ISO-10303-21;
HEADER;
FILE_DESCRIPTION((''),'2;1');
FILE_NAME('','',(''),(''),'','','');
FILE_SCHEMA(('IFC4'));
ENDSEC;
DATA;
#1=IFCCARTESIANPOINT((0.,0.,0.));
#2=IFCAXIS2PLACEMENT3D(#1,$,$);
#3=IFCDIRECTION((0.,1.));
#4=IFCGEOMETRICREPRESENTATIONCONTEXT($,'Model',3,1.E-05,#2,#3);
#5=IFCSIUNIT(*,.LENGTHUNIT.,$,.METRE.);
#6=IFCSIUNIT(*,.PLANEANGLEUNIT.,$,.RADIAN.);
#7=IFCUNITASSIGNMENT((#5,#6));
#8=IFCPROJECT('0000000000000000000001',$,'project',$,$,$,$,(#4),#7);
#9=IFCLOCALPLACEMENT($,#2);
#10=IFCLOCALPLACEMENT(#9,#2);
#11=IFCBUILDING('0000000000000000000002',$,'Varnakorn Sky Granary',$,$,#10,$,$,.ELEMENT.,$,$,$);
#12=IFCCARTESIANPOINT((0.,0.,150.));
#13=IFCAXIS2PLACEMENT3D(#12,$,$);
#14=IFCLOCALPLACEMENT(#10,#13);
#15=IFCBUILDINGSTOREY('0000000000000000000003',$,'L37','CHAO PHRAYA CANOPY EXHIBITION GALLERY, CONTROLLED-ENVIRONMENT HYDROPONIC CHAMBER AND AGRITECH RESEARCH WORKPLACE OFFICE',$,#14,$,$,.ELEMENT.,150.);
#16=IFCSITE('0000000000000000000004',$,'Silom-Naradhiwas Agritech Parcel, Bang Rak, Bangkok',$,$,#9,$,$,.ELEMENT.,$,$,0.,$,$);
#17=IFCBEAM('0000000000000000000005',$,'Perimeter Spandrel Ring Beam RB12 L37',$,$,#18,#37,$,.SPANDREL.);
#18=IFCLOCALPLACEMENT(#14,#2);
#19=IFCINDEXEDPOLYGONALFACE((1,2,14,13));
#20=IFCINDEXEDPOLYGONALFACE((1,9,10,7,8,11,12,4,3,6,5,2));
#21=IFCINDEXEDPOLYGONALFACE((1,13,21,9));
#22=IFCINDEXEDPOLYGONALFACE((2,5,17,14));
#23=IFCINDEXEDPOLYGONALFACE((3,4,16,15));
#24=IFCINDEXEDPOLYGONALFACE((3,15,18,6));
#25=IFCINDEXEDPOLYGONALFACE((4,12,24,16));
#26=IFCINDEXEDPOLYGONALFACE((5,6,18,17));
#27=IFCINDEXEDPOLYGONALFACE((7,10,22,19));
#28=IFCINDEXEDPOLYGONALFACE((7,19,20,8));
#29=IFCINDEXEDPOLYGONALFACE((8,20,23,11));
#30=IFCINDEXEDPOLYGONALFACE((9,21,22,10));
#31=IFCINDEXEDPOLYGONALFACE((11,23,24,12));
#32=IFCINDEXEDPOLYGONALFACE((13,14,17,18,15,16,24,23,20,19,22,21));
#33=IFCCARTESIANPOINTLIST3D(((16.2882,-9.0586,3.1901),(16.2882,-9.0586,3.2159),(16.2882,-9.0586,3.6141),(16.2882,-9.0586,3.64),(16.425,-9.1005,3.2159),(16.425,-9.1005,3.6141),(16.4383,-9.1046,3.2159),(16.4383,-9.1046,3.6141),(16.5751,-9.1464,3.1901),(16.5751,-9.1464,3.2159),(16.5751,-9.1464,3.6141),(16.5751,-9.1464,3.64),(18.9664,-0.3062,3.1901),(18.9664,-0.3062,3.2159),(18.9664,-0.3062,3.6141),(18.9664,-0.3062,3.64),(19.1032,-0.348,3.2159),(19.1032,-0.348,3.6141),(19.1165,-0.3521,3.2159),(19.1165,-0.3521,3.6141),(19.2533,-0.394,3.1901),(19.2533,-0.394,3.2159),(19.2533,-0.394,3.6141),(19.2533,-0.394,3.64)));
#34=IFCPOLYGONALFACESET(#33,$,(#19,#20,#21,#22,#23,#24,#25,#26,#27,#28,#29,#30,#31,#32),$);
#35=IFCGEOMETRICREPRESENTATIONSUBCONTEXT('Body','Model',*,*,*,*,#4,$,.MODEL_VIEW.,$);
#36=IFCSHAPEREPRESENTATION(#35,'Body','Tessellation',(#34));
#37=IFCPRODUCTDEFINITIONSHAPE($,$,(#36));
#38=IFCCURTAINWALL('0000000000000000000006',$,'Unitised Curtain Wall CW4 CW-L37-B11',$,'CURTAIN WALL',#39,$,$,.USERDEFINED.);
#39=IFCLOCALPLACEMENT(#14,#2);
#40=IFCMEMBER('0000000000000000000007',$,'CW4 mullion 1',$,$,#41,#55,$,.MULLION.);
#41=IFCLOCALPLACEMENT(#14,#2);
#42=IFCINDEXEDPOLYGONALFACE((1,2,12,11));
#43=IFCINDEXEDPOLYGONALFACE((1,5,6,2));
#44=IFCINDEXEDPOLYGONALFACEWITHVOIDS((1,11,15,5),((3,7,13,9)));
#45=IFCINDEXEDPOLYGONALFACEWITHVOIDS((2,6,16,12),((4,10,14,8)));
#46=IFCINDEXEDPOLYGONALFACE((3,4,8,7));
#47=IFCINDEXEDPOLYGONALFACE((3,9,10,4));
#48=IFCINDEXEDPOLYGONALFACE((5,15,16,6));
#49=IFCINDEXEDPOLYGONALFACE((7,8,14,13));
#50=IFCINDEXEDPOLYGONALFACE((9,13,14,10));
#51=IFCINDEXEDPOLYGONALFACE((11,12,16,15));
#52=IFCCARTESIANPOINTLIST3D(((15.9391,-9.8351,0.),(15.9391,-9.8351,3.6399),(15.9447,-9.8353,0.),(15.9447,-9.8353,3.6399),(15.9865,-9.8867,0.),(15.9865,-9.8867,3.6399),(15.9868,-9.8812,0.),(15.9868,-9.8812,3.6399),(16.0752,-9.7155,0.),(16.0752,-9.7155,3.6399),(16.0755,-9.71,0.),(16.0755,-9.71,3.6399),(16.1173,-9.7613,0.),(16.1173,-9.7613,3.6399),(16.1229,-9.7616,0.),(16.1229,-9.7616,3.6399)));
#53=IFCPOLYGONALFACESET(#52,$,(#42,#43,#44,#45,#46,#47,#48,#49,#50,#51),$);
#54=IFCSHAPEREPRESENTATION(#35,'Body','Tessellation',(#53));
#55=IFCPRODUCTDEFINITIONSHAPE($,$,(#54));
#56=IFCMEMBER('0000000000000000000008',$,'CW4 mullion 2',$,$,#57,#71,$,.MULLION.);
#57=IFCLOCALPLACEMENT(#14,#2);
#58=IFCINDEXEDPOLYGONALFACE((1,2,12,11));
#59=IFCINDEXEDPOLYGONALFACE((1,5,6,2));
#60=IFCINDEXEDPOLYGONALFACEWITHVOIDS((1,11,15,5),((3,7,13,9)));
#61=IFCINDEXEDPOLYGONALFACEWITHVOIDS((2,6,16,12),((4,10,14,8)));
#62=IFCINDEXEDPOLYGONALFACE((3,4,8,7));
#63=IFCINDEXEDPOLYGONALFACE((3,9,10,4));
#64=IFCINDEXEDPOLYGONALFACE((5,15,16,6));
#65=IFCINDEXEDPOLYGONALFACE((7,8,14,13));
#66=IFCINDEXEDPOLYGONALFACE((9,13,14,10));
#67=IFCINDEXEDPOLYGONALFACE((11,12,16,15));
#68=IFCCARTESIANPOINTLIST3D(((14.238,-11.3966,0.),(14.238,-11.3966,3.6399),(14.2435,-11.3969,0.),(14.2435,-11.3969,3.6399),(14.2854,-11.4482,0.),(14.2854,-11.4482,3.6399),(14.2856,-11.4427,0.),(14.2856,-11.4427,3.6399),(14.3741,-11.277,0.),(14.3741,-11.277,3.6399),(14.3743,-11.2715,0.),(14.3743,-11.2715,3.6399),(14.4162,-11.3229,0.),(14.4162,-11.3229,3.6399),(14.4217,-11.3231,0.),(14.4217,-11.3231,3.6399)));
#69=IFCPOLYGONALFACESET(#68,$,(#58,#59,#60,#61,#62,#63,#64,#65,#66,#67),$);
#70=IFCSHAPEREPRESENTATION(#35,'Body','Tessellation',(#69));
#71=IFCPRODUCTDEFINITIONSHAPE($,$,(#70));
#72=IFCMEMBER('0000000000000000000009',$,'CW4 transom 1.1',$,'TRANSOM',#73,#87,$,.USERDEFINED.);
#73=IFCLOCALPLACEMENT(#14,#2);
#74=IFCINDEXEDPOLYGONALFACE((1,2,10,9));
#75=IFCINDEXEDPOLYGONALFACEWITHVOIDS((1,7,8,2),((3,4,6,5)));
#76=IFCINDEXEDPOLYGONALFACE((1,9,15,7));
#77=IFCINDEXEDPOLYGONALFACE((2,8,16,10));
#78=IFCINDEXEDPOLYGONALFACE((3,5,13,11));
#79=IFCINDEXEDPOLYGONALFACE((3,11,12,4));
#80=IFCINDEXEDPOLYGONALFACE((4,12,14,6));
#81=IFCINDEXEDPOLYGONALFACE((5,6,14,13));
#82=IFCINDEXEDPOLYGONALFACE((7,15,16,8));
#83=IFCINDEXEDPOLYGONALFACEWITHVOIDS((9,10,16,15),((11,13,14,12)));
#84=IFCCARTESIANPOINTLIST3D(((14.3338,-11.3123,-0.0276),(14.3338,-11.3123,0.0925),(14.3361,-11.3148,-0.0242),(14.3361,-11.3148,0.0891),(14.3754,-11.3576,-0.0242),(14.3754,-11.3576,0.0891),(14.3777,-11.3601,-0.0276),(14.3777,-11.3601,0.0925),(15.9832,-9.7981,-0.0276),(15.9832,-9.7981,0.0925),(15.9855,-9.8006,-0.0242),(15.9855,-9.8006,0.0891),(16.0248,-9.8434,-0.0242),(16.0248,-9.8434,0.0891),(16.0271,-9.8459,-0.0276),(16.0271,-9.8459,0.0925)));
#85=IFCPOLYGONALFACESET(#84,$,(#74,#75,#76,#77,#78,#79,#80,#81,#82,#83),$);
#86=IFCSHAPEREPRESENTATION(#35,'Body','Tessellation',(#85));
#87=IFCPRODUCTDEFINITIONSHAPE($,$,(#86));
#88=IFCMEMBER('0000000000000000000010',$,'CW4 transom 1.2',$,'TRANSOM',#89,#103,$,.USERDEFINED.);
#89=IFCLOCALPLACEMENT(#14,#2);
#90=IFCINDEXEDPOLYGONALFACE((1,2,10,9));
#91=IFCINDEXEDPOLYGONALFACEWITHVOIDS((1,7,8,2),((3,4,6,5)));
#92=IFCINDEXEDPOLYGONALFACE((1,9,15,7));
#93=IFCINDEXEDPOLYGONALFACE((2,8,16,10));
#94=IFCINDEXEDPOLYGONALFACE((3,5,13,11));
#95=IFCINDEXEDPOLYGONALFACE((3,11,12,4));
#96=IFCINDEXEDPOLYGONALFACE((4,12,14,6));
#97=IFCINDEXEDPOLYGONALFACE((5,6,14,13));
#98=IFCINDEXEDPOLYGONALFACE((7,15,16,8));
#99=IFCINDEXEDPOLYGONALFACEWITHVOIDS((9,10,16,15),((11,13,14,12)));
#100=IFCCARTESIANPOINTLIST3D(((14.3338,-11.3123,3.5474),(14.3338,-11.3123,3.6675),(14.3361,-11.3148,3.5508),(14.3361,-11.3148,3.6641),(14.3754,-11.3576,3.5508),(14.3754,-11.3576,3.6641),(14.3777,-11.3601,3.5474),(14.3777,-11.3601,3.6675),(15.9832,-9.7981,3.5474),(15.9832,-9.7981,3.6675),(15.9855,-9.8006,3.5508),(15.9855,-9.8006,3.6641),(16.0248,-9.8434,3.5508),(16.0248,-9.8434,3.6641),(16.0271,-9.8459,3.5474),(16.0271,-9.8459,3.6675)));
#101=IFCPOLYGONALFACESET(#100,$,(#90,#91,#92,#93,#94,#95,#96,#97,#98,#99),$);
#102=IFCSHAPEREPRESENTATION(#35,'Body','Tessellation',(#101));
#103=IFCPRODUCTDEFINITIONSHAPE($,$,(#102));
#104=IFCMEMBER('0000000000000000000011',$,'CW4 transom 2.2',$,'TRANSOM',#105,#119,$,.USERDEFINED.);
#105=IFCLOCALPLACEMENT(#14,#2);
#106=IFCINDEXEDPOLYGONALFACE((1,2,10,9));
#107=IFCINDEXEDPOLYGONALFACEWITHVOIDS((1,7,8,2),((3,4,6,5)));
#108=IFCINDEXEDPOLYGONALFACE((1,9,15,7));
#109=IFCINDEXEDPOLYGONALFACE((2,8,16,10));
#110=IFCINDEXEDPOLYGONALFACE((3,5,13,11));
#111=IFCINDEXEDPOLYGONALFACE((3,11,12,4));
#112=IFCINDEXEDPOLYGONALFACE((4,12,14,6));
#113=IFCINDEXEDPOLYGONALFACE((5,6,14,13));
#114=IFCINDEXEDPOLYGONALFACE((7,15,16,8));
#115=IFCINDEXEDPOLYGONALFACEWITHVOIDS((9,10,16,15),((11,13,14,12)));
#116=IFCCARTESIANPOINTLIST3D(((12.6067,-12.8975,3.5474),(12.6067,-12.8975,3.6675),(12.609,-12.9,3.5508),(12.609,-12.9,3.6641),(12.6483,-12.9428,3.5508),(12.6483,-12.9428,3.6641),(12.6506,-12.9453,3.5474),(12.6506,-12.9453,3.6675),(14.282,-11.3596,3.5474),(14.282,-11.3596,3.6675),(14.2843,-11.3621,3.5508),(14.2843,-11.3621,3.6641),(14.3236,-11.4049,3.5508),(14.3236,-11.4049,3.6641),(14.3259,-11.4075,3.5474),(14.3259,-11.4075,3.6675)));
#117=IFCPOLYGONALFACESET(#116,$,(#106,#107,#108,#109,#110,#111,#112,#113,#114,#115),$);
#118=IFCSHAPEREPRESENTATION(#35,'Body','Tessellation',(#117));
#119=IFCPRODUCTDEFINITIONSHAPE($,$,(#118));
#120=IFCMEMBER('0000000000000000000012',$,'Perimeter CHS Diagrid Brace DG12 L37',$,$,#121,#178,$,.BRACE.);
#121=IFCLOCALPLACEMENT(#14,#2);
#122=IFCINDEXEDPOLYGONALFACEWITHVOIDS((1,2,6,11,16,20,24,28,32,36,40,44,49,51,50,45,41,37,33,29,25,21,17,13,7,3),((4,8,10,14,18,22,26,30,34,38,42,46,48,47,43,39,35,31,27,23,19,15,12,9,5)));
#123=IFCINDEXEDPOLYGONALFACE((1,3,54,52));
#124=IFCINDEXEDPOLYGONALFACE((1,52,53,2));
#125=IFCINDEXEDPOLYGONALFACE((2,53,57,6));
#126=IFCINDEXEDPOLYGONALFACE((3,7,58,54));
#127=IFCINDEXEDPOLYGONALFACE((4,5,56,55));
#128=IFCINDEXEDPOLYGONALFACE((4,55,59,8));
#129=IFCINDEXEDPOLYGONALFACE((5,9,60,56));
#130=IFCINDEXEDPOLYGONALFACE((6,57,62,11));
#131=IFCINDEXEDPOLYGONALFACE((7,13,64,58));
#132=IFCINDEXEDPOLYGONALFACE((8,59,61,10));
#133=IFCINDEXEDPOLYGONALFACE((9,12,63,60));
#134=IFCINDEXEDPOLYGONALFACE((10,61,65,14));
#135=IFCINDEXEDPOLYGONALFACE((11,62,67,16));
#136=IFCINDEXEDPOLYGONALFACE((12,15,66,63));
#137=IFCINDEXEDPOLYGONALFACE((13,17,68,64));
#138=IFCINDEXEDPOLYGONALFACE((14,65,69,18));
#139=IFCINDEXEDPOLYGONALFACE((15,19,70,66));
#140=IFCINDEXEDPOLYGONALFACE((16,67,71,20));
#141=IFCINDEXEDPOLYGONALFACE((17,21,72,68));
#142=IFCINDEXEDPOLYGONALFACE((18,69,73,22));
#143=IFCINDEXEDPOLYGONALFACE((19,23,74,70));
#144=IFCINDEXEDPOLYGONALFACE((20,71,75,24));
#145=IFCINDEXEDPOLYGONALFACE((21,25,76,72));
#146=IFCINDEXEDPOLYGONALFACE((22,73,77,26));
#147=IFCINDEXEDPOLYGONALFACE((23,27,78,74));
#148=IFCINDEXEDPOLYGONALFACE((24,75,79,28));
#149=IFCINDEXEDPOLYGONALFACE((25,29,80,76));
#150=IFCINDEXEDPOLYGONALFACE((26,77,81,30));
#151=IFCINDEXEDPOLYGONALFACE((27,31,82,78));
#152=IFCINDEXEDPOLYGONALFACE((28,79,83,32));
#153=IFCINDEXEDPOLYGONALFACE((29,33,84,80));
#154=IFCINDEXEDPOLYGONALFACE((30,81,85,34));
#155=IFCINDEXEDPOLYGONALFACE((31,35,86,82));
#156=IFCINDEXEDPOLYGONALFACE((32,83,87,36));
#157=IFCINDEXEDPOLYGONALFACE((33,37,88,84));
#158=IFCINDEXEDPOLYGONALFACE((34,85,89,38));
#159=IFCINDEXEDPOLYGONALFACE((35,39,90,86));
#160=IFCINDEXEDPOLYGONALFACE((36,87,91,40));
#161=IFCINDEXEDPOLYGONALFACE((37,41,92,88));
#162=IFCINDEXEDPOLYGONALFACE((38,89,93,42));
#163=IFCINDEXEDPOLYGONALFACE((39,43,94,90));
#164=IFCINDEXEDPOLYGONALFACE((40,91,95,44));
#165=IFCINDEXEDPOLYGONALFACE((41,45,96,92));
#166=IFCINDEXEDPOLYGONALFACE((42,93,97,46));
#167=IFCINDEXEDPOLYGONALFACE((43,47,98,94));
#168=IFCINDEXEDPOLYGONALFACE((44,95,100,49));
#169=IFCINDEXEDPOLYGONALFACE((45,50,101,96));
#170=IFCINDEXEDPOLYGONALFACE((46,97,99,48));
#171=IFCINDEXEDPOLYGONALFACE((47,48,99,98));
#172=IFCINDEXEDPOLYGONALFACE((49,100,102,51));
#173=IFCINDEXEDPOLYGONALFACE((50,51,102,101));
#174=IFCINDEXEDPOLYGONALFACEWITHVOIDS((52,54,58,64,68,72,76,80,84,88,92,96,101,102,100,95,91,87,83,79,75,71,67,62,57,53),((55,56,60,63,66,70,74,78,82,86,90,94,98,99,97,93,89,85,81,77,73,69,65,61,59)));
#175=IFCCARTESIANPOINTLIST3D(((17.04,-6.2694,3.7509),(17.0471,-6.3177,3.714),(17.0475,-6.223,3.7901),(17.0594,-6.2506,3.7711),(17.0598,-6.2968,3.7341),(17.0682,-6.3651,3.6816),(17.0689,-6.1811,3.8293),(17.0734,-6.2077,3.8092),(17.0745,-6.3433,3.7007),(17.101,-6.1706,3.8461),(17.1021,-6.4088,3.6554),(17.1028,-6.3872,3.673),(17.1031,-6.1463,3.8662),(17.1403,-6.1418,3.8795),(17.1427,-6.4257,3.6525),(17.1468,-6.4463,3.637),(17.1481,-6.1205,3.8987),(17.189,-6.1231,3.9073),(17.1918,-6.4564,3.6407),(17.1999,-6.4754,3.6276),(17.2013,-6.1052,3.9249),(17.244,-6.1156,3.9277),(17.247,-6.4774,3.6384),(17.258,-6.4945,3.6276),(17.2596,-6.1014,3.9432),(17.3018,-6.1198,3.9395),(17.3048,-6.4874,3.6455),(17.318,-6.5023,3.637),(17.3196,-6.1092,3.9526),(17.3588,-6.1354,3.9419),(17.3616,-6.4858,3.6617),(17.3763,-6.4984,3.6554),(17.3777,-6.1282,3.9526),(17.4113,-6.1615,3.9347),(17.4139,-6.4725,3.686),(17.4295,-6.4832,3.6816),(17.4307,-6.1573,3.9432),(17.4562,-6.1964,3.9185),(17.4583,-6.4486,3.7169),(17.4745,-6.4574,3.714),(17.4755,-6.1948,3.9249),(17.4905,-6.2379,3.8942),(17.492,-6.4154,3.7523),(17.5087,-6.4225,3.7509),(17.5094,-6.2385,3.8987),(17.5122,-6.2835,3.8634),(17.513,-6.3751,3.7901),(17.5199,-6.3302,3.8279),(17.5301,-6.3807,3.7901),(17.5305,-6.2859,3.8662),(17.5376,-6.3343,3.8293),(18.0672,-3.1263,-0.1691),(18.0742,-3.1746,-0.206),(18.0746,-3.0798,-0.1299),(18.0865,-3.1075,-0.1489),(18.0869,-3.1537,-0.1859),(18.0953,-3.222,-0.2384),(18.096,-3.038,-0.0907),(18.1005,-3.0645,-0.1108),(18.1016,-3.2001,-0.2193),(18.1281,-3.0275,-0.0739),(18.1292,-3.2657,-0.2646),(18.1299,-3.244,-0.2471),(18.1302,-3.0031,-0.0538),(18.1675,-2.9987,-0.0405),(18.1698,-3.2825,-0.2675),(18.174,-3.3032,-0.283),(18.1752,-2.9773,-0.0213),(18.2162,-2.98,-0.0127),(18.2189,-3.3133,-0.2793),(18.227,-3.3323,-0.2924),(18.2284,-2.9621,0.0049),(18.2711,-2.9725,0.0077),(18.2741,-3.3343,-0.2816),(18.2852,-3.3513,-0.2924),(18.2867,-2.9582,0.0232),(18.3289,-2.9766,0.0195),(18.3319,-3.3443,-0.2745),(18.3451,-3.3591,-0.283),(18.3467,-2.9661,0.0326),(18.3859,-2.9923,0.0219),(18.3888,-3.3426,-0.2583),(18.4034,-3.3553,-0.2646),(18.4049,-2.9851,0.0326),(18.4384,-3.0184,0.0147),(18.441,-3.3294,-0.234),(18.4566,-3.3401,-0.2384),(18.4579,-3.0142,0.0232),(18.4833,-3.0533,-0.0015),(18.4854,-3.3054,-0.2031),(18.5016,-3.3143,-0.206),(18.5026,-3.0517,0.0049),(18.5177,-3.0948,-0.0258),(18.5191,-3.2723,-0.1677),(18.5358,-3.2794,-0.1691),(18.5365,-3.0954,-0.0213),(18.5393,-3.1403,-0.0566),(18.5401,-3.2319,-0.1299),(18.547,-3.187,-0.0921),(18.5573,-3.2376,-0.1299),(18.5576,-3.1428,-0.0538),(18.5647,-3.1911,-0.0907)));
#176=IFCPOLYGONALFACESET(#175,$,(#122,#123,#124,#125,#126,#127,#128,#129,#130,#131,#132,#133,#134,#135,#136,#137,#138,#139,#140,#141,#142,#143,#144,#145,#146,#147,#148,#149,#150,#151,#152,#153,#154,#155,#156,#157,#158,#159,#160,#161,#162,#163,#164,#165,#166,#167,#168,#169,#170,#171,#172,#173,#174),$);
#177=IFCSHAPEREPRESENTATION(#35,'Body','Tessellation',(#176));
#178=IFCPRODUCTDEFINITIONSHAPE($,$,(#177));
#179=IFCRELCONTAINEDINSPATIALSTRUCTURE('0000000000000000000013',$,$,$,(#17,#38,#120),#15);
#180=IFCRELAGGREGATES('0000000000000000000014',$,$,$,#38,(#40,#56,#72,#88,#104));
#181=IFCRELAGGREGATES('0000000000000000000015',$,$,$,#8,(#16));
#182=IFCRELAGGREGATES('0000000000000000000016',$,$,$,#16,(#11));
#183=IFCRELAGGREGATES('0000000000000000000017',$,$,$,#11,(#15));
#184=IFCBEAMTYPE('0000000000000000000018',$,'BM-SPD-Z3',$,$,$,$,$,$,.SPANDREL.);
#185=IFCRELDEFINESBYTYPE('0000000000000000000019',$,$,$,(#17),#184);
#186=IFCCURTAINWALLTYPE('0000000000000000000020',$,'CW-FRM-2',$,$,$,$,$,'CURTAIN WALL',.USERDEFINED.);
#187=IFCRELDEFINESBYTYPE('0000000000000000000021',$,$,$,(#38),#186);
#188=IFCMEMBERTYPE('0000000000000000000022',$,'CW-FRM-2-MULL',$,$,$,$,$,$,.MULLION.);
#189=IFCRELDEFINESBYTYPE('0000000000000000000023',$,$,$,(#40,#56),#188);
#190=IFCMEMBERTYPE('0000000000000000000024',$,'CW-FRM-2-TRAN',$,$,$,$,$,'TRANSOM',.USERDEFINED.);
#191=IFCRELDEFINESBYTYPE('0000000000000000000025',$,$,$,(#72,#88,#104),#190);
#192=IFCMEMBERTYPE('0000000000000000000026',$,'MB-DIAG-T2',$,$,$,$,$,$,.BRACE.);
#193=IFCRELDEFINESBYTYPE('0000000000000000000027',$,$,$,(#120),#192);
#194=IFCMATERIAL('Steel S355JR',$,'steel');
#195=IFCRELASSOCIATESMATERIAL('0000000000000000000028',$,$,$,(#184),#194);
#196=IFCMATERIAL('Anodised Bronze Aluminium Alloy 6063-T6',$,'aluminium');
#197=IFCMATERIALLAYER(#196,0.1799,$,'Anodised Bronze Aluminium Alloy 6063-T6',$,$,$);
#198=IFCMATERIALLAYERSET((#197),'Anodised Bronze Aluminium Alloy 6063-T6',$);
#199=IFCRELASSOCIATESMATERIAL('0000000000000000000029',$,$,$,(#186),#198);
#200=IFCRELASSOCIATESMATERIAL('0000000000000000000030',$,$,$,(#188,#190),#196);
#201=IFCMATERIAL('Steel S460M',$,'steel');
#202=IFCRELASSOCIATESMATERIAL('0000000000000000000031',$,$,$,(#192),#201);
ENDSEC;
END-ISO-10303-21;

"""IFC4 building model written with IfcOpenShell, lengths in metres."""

from ifc_helpers import new_model, si_unit, direction, frame, origin, origin_2d, place, context, subcontext, project, spatial, hollow_rectangle, hollow_circle, i_section, extrude, material, layer, layer_set, material_profile, profile_set, type_object, element, aggregate, save


model = new_model("IFC4")

# Units and contexts
model_context = context("Model", 3, precision=1e-05, world=origin(), true_north=direction((0.0, 1.0)))
body_context = subcontext(model_context, "Body", "Model", "MODEL_VIEW")
ifc_project = project(units=[si_unit("LENGTHUNIT", "METRE"), si_unit("PLANEANGLEUNIT", "RADIAN")], contexts=[model_context])

# Site, building, storey
site_placement = place(None, origin())
site = spatial("IfcSite", under=ifc_project, at=site_placement, Name="Silom-Naradhiwas Agritech Parcel, Bang Rak, Bangkok", CompositionType="ELEMENT", RefElevation=0.0)
building_placement = place(site_placement, origin())
building = spatial("IfcBuilding", under=site, at=building_placement, Name="Varnakorn Sky Granary", CompositionType="ELEMENT")
storey_placement = place(building_placement, frame((0.0, 0.0, 150.0)))
storey = spatial("IfcBuildingStorey", under=building, at=storey_placement, Name="L37", Description="CHAO PHRAYA CANOPY EXHIBITION GALLERY, CONTROLLED-ENVIRONMENT HYDROPONIC CHAMBER AND AGRITECH RESEARCH WORKPLACE OFFICE", CompositionType="ELEMENT", Elevation=150.0)

# Shared definitions
ifc_material_1 = material(Name="Steel S460M", Category="steel")

# Beam
ifc_material_2 = material(Name="Steel S355JR", Category="steel")
ifc_material_profile_1 = material_profile(ifc_material_2, i_section(OverallWidth=0.3, OverallDepth=0.45, WebThickness=0.0139, FlangeThickness=0.0259, at=origin_2d()), Name="HE 450 B")
ifc_profile_set_1 = profile_set([ifc_material_profile_1], Name="Steel S355JR")
beam_type_1 = type_object("IfcBeamType", Name="BM-SPD-Z3", PredefinedType="SPANDREL", material=ifc_profile_set_1)
beam_1_placement = place(storey_placement, frame((16.4316, -9.1025, 3.415), z_axis=(0.292605, 0.956233, 0.0), x_axis=(-0.956233, 0.292605, 0.0)))
element("IfcBeam", 1, at=beam_1_placement, inside=storey, type_object=beam_type_1, Name="Perimeter Spandrel Ring Beam RB12 L37", PredefinedType="SPANDREL", context=body_context, shape_type="SweptSolid", body=[
    extrude(i_section(OverallWidth=0.3, OverallDepth=0.45, WebThickness=0.0139, FlangeThickness=0.0259, at=origin_2d()), origin(), (0.0, 0.0, 1.0), 9.1531),
])

# Curtain wall, members
ifc_material_3 = material(Name="Anodised Bronze Aluminium Alloy 6063-T6", Category="aluminium")
ifc_layer_1 = layer(ifc_material_3, 0.1799, Name="Anodised Bronze Aluminium Alloy 6063-T6")
ifc_layer_set_1 = layer_set([ifc_layer_1], Name="Anodised Bronze Aluminium Alloy 6063-T6")
curtain_wall_type = type_object("IfcCurtainWallType", Name="CW-FRM-2", ElementType="CURTAIN WALL", PredefinedType="USERDEFINED", material=ifc_layer_set_1)
curtain_wall_placement = place(storey_placement, origin())
curtain_wall = element("IfcCurtainWall", 2, at=curtain_wall_placement, inside=storey, type_object=curtain_wall_type, Name="Unitised Curtain Wall CW4 CW-L37-B11", ObjectType="CURTAIN WALL", PredefinedType="USERDEFINED")
ifc_material_profile_2 = material_profile(ifc_material_3, hollow_rectangle(XDim=0.0701, YDim=0.1851, WallThickness=0.0039, at=origin_2d()), Name="ALU MULL 70x185")
ifc_profile_set_2 = profile_set([ifc_material_profile_2], Name="Anodised Bronze Aluminium Alloy 6063-T6")
member_type_1 = type_object("IfcMemberType", Name="CW-FRM-2-MULL", PredefinedType="MULLION", material=ifc_profile_set_2)
member_1_placement = place(storey_placement, frame((16.031, -9.7983, 0.0), z_axis=(0.0, 0.0, 1.0), x_axis=(0.676226, -0.736694, 0.0)))
member_1 = element("IfcMember", 3, at=member_1_placement, type_object=member_type_1, Name="CW4 mullion 1", PredefinedType="MULLION", context=body_context, shape_type="SweptSolid", body=[
    extrude(hollow_rectangle(XDim=0.0701, YDim=0.1851, WallThickness=0.0039, at=origin_2d()), origin(), (0.0, 0.0, 1.0), 3.6399),
])
member_2_placement = place(storey_placement, frame((14.3298, -11.3599, 0.0), z_axis=(0.0, 0.0, 1.0), x_axis=(0.676226, -0.736694, 0.0)))
member_2 = element("IfcMember", 4, at=member_2_placement, type_object=member_type_1, Name="CW4 mullion 2", PredefinedType="MULLION", context=body_context, shape_type="SweptSolid", body=[
    extrude(hollow_rectangle(XDim=0.0701, YDim=0.1851, WallThickness=0.0039, at=origin_2d()), origin(), (0.0, 0.0, 1.0), 3.6399),
])
ifc_material_profile_3 = material_profile(ifc_material_3, hollow_rectangle(XDim=0.0649, YDim=0.1201, WallThickness=0.0034, at=origin_2d()), Name="ALU TRAN 65x120")
ifc_profile_set_3 = profile_set([ifc_material_profile_3], Name="Anodised Bronze Aluminium Alloy 6063-T6")
member_type_2 = type_object("IfcMemberType", Name="CW-FRM-2-TRAN", ElementType="TRANSOM", PredefinedType="USERDEFINED", material=ifc_profile_set_3)
member_3_placement = place(storey_placement, frame((16.0051, -9.822, 0.0325), z_axis=(-0.736665, -0.676258, 0.0), x_axis=(0.676258, -0.736665, 0.0)))
member_3 = element("IfcMember", 5, at=member_3_placement, type_object=member_type_2, Name="CW4 transom 1.1", ObjectType="TRANSOM", PredefinedType="USERDEFINED", context=body_context, shape_type="SweptSolid", body=[
    extrude(hollow_rectangle(XDim=0.0649, YDim=0.1201, WallThickness=0.0034, at=origin_2d()), origin(), (0.0, 0.0, 1.0), 2.239),
])
member_4_placement = place(storey_placement, frame((16.0051, -9.822, 3.6074), z_axis=(-0.736665, -0.676258, 0.0), x_axis=(0.676258, -0.736665, 0.0)))
member_4 = element("IfcMember", 6, at=member_4_placement, type_object=member_type_2, Name="CW4 transom 1.2", ObjectType="TRANSOM", PredefinedType="USERDEFINED", context=body_context, shape_type="SweptSolid", body=[
    extrude(hollow_rectangle(XDim=0.0649, YDim=0.1201, WallThickness=0.0034, at=origin_2d()), origin(), (0.0, 0.0, 1.0), 2.239),
])
member_5_placement = place(storey_placement, frame((14.304, -11.3835, 3.6074), z_axis=(-0.736682, -0.67624, 0.0), x_axis=(0.67624, -0.736682, 0.0)))
member_5 = element("IfcMember", 7, at=member_5_placement, type_object=member_type_2, Name="CW4 transom 2.2", ObjectType="TRANSOM", PredefinedType="USERDEFINED", context=body_context, shape_type="SweptSolid", body=[
    extrude(hollow_rectangle(XDim=0.0649, YDim=0.1201, WallThickness=0.0034, at=origin_2d()), origin(), (0.0, 0.0, 1.0), 2.2742),
])

# Member
ifc_material_profile_4 = material_profile(ifc_material_1, hollow_circle(Radius=0.2539, WallThickness=0.0181, at=origin_2d()), Name="CHS 508x18")
ifc_profile_set_4 = profile_set([ifc_material_profile_4], Name="Steel S460M")
member_type_3 = type_object("IfcMemberType", Name="MB-DIAG-T2", PredefinedType="BRACE", material=ifc_profile_set_4)
member_6_placement = place(storey_placement, frame((18.3159, -3.1587, -0.1299), z_axis=(-0.20028, -0.612885, 0.764369), x_axis=(0.950535, -0.310618, 0.0)))
element("IfcMember", 8, at=member_6_placement, inside=storey, type_object=member_type_3, Name="Perimeter CHS Diagrid Brace DG12 L37", PredefinedType="BRACE", context=body_context, shape_type="SweptSolid", body=[
    extrude(hollow_circle(Radius=0.2539, WallThickness=0.0181, at=origin_2d()), origin(), (0.0, 0.0, 1.0), 5.1284),
])

aggregate(curtain_wall, [member_1, member_2, member_3, member_4, member_5])

save(model, "model.ifc")
